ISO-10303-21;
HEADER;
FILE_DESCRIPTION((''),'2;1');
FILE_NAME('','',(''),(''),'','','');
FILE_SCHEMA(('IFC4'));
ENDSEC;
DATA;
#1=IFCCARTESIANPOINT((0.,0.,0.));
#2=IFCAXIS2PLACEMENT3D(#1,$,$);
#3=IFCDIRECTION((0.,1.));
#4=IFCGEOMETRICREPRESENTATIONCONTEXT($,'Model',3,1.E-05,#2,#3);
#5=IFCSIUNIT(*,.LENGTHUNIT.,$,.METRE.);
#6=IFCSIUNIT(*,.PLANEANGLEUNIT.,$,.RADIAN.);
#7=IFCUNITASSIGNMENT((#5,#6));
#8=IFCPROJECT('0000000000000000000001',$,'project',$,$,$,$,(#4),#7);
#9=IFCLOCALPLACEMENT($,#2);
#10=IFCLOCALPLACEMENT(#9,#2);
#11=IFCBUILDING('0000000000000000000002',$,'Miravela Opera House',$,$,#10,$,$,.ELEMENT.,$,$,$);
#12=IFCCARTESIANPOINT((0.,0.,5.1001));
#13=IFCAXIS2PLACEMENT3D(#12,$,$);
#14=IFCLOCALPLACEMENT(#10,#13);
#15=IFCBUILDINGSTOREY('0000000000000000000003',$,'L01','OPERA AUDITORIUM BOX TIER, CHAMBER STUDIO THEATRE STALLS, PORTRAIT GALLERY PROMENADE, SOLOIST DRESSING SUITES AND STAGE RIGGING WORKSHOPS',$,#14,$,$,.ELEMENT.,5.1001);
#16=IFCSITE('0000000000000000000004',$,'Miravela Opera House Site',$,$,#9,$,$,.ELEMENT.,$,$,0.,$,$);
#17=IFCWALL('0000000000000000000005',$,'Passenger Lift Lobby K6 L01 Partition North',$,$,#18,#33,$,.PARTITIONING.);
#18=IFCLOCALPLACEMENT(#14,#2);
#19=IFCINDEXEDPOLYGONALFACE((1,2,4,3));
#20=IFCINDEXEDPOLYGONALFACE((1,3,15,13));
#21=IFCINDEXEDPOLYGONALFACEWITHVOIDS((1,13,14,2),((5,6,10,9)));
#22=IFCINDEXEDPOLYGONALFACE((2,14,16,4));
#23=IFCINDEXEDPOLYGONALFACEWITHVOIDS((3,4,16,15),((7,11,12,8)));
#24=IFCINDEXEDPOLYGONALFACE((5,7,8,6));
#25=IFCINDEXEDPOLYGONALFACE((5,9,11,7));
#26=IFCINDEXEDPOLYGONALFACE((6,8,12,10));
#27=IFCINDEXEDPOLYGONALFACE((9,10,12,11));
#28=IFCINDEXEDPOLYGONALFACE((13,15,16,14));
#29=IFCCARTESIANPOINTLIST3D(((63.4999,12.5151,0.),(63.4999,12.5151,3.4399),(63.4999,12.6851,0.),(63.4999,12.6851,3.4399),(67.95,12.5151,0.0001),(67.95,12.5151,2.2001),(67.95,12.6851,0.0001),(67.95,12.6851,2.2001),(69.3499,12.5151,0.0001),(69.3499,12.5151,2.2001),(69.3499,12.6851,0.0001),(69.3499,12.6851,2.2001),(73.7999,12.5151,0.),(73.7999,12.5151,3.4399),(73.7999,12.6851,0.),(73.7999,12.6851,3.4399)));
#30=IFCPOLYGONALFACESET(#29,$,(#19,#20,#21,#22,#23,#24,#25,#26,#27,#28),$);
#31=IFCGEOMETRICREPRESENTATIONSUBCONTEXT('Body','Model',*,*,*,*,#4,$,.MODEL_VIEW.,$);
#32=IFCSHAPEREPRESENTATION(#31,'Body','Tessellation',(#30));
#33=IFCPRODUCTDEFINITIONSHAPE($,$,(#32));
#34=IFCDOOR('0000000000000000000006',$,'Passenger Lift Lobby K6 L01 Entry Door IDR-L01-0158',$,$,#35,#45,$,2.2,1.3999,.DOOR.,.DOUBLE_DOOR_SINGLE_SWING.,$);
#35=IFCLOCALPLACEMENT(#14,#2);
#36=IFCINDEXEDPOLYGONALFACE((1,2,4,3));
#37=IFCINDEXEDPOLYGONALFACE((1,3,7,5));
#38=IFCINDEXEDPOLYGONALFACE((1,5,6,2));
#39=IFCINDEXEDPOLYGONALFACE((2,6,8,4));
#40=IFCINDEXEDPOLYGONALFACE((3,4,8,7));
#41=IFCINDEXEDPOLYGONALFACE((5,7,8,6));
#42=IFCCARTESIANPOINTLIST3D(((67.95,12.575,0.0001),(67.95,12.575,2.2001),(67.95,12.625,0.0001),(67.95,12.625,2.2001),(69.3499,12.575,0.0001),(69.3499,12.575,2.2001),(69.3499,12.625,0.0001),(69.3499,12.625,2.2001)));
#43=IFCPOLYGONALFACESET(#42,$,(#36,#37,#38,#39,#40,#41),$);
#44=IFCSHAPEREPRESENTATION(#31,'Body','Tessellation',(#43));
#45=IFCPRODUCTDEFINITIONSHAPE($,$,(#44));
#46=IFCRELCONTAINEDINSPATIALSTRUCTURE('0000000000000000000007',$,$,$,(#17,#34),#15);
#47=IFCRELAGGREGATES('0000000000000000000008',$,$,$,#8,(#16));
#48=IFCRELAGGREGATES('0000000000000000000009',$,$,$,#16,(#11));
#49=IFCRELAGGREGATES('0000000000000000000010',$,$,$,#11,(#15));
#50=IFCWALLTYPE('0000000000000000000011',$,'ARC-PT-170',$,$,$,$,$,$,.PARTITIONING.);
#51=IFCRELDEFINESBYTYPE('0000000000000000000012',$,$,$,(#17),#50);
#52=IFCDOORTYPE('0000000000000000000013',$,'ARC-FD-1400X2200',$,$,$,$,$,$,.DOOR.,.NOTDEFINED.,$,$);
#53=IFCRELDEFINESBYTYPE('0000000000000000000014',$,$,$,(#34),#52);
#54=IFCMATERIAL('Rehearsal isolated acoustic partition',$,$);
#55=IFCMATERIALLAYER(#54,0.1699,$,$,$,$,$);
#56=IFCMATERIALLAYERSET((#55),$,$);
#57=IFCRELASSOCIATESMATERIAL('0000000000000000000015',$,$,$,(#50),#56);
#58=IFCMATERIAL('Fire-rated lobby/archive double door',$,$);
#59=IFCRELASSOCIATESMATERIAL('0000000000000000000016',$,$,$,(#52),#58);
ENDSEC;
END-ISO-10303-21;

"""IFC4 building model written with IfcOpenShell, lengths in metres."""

from ifc_helpers import new_model, si_unit, direction, frame, frame_2d, origin, place, context, subcontext, project, spatial, rectangle, extrude, material, layer, layer_set, type_object, element, fill, save


model = new_model("IFC4")

# Units and contexts
model_context = context("Model", 3, precision=1e-05, world=origin(), true_north=direction((0.0, 1.0)))
body_context = subcontext(model_context, "Body", "Model", "MODEL_VIEW")
ifc_project = project(units=[si_unit("LENGTHUNIT", "METRE"), si_unit("PLANEANGLEUNIT", "RADIAN")], contexts=[model_context])

# Site, building, storey
site_placement = place(None, origin())
site = spatial("IfcSite", under=ifc_project, at=site_placement, Name="Miravela Opera House Site", CompositionType="ELEMENT", RefElevation=0.0)
building_placement = place(site_placement, origin())
building = spatial("IfcBuilding", under=site, at=building_placement, Name="Miravela Opera House", CompositionType="ELEMENT")
storey_placement = place(building_placement, frame((0.0, 0.0, 5.1001)))
storey = spatial("IfcBuildingStorey", under=building, at=storey_placement, Name="L01", Description="OPERA AUDITORIUM BOX TIER, CHAMBER STUDIO THEATRE STALLS, PORTRAIT GALLERY PROMENADE, SOLOIST DRESSING SUITES AND STAGE RIGGING WORKSHOPS", CompositionType="ELEMENT", Elevation=5.1001)

# Wall, opening, door
ifc_material_1 = material(Name="Rehearsal isolated acoustic partition")
ifc_layer_1 = layer(ifc_material_1, 0.1699)
ifc_layer_set_1 = layer_set([ifc_layer_1])
wall_type_1 = type_object("IfcWallType", Name="ARC-PT-170", PredefinedType="PARTITIONING", material=ifc_layer_set_1)
wall_1_placement = place(storey_placement, frame((63.5, 12.6001, 0.0), z_axis=(0.0, 0.0, 1.0), x_axis=(1.0, 0.0, 0.0)))
wall_1 = element("IfcWall", 1, at=wall_1_placement, inside=storey, type_object=wall_type_1, Name="Passenger Lift Lobby K6 L01 Partition North", PredefinedType="PARTITIONING", context=body_context, shape_type="SweptSolid", body=[
    extrude(rectangle(XDim=10.3, YDim=0.1699, at=frame_2d((5.1499, 0.0))), origin(), (0.0, 0.0, 1.0), 3.4399),
])
opening_placement = place(wall_1_placement, frame((4.45, 0.0, 0.0)))
opening = element("IfcOpeningElement", 2, at=opening_placement, cuts=wall_1, PredefinedType="OPENING", context=body_context, shape_type="SweptSolid", body=[
    extrude(rectangle(XDim=1.3999, YDim=2.2, at=frame_2d((0.7, 1.1001))), frame((0.0, 0.095, 0.0), z_axis=(0.0, -1.0, 0.0), x_axis=(1.0, 0.0, 0.0)), (0.0, 0.0, 1.0), 0.1899),
])
ifc_material_2 = material(Name="Fire-rated lobby/archive double door")
door_type = type_object("IfcDoorType", Name="ARC-FD-1400X2200", OperationType="NOTDEFINED", PredefinedType="DOOR", material=ifc_material_2)
door_placement = place(opening_placement, origin())
door = element("IfcDoor", 3, at=door_placement, inside=storey, type_object=door_type, Name="Passenger Lift Lobby K6 L01 Entry Door IDR-L01-0158", OperationType="DOUBLE_DOOR_SINGLE_SWING", OverallHeight=2.2, OverallWidth=1.3999, PredefinedType="DOOR", context=body_context, shape_type="SweptSolid", body=[
    extrude(rectangle(XDim=1.3999, YDim=2.2, at=frame_2d((0.7, 1.1001))), frame((0.0, 0.0249, 0.0), z_axis=(0.0, -1.0, 0.0), x_axis=(1.0, 0.0, 0.0)), (0.0, 0.0, 1.0), 0.05),
])
fill(opening, door)

save(model, "model.ifc")
